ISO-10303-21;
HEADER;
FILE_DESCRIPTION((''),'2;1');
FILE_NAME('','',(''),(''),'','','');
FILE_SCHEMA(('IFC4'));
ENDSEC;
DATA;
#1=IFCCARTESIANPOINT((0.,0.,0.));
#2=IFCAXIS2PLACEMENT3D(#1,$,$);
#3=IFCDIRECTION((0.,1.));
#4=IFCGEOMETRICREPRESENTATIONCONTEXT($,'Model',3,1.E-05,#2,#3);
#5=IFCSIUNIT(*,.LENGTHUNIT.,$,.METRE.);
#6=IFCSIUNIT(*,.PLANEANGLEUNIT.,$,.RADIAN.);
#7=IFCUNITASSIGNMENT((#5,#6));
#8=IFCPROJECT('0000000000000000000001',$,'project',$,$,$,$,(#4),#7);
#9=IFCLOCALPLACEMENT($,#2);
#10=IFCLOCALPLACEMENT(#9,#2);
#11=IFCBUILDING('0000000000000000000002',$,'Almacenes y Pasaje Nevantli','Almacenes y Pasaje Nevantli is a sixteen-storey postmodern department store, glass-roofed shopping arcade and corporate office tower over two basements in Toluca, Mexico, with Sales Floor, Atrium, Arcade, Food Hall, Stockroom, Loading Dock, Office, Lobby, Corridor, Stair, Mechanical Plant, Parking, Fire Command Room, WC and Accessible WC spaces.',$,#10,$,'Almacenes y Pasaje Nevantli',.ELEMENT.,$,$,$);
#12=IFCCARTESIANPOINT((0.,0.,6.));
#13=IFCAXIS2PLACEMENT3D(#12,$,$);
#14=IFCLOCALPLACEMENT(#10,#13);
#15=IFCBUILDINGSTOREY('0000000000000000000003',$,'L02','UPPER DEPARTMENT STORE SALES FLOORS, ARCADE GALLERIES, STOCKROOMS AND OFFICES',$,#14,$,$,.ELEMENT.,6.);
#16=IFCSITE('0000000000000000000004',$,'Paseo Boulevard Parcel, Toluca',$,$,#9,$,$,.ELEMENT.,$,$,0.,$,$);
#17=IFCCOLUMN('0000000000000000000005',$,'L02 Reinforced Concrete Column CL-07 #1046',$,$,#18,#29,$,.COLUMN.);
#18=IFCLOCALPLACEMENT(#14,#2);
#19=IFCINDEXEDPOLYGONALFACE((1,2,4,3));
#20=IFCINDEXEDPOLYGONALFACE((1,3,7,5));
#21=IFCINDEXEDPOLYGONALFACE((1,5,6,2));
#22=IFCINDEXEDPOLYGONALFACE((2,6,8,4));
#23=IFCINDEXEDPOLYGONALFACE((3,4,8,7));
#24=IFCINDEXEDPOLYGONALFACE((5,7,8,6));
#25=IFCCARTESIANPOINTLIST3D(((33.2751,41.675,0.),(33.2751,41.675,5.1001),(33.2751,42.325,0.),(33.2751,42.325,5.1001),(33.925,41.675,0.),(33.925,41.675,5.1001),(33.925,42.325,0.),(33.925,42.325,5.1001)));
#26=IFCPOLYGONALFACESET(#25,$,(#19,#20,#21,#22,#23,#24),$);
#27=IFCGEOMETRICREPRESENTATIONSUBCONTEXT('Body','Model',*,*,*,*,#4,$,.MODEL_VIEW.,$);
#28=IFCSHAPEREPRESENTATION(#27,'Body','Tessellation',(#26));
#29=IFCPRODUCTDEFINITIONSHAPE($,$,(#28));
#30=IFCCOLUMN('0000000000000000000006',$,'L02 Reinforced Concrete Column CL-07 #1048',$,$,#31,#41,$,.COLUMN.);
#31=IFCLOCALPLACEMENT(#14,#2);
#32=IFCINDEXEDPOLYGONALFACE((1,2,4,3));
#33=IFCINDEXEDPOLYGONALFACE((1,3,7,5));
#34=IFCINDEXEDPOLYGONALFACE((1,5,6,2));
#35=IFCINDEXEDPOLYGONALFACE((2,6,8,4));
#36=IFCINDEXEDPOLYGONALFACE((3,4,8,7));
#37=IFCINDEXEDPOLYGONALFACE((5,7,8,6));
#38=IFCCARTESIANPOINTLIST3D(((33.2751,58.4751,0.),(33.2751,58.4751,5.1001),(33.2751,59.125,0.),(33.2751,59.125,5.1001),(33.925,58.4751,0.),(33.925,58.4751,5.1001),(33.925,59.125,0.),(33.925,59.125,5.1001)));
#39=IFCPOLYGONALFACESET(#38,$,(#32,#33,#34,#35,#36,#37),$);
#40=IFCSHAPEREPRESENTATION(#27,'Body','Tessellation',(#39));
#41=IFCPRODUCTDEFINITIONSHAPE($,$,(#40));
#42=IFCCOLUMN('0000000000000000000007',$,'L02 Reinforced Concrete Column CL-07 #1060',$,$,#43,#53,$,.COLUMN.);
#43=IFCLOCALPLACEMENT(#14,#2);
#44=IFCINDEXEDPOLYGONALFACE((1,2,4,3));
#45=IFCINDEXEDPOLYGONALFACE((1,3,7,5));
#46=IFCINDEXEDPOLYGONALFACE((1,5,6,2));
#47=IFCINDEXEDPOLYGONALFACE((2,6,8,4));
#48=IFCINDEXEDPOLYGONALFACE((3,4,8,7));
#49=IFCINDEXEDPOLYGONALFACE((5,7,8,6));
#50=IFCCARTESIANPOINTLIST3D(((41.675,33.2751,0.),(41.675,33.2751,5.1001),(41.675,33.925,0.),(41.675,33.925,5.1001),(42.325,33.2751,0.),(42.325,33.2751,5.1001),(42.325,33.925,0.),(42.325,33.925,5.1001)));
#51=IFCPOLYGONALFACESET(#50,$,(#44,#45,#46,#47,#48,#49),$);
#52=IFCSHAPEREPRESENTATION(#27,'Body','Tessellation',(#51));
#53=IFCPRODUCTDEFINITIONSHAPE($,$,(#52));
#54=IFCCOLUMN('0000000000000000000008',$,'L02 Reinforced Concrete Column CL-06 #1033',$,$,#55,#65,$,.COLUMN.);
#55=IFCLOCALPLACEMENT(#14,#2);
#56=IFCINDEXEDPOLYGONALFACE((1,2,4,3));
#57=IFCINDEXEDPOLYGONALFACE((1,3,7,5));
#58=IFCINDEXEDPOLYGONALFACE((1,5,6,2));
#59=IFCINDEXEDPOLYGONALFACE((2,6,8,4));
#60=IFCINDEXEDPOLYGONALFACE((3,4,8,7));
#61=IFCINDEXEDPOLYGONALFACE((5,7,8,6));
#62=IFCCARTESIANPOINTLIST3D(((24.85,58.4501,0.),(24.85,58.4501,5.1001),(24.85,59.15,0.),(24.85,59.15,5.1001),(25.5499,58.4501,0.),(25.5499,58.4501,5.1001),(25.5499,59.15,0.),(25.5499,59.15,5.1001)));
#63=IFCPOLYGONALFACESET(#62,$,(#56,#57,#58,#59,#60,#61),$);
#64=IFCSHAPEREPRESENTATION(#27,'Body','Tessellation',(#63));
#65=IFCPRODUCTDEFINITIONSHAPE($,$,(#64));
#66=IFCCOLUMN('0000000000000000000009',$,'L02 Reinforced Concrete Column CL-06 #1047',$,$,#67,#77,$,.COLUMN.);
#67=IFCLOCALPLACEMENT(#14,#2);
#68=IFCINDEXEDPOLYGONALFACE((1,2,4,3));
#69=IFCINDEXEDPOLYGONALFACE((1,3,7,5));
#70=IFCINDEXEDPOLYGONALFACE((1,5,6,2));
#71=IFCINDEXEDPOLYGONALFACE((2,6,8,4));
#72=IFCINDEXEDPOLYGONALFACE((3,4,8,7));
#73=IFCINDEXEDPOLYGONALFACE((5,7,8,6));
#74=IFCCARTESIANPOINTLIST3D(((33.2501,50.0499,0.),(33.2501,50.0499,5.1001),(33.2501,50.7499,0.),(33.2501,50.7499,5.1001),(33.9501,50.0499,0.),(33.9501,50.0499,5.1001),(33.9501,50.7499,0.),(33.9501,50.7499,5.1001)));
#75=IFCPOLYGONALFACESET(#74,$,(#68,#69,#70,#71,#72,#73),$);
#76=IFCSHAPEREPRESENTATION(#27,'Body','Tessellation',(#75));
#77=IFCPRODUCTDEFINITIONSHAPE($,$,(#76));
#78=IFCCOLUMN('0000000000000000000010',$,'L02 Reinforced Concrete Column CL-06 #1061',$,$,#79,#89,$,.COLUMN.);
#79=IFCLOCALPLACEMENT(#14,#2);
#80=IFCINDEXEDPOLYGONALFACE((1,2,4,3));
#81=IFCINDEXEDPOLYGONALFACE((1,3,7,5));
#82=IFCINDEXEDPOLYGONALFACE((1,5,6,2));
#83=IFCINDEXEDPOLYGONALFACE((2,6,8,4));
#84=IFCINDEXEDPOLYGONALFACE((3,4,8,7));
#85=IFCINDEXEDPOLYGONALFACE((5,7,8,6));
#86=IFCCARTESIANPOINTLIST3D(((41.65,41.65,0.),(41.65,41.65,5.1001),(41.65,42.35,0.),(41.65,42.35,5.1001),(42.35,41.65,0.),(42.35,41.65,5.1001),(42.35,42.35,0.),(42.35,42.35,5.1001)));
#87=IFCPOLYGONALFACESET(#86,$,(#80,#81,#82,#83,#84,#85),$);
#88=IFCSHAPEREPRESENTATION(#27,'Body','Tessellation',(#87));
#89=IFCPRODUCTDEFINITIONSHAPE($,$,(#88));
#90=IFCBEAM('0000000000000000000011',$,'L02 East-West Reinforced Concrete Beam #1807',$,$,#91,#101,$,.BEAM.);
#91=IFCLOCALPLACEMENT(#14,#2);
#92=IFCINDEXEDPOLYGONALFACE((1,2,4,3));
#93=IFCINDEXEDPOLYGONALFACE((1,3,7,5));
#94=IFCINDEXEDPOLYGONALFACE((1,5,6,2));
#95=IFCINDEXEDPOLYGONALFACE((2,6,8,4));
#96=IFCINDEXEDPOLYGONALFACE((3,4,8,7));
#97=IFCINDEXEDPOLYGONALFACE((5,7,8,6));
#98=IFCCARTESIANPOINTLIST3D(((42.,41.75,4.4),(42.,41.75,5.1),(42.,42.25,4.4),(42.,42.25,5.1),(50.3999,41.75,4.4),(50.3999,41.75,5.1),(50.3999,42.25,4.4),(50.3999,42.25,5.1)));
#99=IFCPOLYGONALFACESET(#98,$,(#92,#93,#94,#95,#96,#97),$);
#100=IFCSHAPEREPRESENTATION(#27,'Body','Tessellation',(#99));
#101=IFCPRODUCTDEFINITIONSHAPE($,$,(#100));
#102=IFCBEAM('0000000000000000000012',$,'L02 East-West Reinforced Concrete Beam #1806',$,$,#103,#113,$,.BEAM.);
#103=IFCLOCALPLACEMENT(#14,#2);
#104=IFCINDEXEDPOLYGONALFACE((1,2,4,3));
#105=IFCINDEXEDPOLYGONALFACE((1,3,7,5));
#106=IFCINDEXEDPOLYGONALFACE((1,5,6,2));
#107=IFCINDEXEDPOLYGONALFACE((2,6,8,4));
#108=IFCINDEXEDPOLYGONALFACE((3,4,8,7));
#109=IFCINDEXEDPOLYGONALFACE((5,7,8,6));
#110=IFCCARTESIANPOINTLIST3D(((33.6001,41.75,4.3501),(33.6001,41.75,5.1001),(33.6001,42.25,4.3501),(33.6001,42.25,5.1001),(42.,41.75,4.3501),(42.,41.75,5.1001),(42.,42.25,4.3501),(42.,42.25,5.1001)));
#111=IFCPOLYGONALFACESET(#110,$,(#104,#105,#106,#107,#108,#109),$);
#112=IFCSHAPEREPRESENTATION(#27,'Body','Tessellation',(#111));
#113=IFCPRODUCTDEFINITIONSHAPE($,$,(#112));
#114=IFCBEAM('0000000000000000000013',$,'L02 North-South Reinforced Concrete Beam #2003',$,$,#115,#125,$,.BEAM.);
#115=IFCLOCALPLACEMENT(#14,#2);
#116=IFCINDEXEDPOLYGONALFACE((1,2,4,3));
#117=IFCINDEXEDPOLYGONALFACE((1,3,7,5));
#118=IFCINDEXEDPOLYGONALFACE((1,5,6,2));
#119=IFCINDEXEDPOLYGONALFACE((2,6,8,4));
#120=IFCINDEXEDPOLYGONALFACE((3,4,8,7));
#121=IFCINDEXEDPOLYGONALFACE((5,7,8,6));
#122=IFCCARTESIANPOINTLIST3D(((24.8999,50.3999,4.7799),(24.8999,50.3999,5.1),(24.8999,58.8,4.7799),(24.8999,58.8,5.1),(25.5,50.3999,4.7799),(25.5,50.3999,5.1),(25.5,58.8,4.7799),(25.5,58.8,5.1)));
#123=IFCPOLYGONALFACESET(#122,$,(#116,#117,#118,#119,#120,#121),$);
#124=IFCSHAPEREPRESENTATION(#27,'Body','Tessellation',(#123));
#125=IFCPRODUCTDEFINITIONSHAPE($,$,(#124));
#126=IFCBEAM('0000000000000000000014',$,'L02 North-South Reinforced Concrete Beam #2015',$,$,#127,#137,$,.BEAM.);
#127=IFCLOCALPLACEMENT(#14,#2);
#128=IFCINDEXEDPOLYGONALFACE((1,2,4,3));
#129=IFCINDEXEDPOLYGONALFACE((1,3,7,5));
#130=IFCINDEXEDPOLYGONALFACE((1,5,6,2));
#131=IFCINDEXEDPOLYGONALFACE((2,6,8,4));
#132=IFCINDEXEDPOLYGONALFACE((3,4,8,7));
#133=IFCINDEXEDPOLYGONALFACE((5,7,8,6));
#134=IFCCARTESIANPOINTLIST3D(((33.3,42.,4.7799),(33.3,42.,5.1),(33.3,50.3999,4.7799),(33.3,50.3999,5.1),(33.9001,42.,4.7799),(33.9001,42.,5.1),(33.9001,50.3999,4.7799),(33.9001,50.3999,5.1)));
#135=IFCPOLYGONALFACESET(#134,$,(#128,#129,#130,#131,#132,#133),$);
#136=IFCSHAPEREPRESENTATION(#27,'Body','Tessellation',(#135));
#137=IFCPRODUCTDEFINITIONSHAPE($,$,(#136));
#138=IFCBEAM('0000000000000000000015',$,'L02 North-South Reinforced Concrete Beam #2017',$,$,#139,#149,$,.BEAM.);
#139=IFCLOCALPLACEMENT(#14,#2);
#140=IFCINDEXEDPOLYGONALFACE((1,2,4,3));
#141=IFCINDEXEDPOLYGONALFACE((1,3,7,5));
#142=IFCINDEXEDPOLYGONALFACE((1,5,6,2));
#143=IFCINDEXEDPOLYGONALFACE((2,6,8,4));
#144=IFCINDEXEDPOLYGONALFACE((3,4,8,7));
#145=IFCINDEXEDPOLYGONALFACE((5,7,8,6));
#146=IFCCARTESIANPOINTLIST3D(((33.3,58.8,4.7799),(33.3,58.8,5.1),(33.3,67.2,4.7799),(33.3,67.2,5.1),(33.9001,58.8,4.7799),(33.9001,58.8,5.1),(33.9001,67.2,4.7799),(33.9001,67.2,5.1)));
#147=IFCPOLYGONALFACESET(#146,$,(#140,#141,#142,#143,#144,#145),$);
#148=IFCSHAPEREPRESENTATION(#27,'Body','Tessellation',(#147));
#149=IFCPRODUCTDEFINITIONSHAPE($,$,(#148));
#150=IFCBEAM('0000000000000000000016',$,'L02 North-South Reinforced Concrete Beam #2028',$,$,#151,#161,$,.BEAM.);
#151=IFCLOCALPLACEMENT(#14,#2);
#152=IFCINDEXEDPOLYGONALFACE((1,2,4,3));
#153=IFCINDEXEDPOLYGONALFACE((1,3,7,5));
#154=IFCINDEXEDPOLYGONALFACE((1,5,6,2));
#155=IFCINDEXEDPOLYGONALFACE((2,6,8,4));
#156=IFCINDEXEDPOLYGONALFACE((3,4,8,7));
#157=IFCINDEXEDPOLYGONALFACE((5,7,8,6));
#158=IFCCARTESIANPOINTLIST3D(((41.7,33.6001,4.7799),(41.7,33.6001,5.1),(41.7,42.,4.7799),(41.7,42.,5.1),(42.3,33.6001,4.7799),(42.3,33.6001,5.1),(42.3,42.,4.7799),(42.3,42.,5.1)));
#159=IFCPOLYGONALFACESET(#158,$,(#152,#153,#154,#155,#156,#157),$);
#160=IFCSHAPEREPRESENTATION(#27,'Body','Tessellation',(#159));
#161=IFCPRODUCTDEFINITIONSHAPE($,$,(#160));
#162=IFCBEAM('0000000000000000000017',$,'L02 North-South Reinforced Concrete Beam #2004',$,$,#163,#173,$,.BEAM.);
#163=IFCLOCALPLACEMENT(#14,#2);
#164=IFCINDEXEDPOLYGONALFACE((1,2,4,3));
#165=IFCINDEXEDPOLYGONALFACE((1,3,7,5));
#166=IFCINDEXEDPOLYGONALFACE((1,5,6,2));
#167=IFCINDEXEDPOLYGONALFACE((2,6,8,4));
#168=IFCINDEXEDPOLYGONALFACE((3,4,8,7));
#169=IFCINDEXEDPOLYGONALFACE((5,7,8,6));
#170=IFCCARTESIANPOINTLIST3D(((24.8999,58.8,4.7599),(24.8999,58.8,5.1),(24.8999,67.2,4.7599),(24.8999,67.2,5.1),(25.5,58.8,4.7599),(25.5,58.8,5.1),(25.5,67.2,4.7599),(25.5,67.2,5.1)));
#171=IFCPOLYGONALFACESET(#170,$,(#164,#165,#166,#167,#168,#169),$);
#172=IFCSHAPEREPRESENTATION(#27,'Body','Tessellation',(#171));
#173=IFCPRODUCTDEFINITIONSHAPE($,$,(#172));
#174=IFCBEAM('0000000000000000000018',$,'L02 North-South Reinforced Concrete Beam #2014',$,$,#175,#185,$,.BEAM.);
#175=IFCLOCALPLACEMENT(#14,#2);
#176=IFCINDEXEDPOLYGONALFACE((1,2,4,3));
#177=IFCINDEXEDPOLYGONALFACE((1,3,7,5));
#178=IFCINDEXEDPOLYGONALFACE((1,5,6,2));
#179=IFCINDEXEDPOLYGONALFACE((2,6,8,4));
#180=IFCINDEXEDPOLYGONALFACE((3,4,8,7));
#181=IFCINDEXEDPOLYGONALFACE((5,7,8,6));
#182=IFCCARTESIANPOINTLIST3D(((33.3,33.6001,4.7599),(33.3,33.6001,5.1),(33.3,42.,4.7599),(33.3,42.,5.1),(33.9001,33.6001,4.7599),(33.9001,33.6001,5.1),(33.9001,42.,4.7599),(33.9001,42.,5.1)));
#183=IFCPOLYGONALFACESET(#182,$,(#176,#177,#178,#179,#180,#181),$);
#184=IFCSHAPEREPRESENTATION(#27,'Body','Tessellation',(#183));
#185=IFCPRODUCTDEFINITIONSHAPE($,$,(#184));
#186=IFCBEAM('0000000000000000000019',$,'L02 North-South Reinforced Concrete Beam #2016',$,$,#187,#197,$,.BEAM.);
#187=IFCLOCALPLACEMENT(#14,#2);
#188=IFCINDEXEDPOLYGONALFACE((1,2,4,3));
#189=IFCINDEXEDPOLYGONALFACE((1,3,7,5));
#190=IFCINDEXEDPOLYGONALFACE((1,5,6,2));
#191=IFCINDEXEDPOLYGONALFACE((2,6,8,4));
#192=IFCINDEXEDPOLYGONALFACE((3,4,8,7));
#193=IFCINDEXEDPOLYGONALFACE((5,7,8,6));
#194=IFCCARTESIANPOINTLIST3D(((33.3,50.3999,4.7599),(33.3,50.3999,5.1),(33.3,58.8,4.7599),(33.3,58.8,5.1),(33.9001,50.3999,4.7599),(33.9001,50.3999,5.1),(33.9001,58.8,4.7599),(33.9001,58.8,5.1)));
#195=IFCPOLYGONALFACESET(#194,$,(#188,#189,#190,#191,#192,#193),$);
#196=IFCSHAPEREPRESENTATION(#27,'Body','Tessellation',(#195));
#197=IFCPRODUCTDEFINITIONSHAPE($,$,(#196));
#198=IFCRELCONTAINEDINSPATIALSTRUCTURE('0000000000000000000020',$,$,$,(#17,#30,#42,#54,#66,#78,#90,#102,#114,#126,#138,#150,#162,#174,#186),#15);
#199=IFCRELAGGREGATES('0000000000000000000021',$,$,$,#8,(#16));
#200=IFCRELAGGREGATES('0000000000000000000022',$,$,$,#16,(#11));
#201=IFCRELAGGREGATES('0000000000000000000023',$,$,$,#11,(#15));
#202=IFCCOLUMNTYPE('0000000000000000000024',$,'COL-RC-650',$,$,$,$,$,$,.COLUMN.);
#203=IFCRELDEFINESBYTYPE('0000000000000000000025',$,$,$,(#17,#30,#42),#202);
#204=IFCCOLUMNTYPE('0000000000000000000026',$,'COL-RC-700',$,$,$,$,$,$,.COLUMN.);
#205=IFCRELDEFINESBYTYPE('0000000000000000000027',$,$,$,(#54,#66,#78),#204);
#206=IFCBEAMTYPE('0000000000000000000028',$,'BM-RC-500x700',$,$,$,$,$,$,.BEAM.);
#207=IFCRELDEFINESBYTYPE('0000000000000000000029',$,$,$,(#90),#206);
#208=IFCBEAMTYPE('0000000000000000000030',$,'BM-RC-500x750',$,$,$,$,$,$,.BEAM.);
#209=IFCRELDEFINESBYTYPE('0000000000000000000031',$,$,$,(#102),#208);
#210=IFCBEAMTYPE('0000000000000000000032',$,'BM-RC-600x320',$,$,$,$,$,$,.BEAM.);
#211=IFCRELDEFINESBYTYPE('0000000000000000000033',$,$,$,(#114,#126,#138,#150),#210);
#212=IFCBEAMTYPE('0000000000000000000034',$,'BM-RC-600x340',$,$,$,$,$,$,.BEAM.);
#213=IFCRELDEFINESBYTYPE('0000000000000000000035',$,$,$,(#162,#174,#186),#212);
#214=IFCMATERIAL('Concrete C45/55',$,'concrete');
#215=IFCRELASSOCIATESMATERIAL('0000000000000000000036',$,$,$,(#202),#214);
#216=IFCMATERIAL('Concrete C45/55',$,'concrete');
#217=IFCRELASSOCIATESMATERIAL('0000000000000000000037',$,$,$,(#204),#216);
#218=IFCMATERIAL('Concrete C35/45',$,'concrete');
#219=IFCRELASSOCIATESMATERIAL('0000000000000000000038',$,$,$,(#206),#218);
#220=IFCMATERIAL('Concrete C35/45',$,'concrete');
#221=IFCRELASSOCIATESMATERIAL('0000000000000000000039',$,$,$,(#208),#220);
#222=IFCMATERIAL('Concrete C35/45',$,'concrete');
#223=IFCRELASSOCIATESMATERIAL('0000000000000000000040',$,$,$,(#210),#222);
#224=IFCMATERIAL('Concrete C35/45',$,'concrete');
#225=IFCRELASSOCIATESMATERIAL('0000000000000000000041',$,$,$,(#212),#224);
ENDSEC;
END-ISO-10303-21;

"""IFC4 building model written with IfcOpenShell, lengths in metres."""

from ifc_helpers import new_model, si_unit, direction, frame, origin, origin_2d, place, context, subcontext, project, spatial, rectangle, extrude, material, material_profile, profile_set, type_object, element, save


model = new_model("IFC4")

# Units and contexts
model_context = context("Model", 3, precision=1e-05, world=origin(), true_north=direction((0.0, 1.0)))
body_context = subcontext(model_context, "Body", "Model", "MODEL_VIEW")
ifc_project = project(units=[si_unit("LENGTHUNIT", "METRE"), si_unit("PLANEANGLEUNIT", "RADIAN")], contexts=[model_context])

# Site, building, storey
site_placement = place(None, origin())
site = spatial("IfcSite", under=ifc_project, at=site_placement, Name="Paseo Boulevard Parcel, Toluca", CompositionType="ELEMENT", RefElevation=0.0)
building_placement = place(site_placement, origin())
building = spatial("IfcBuilding", under=site, at=building_placement, Name="Almacenes y Pasaje Nevantli", Description="Almacenes y Pasaje Nevantli is a sixteen-storey postmodern department store, glass-roofed shopping arcade and corporate office tower over two basements in Toluca, Mexico, with Sales Floor, Atrium, Arcade, Food Hall, Stockroom, Loading Dock, Office, Lobby, Corridor, Stair, Mechanical Plant, Parking, Fire Command Room, WC and Accessible WC spaces.", LongName="Almacenes y Pasaje Nevantli", CompositionType="ELEMENT")
storey_placement = place(building_placement, frame((0.0, 0.0, 6.0)))
storey = spatial("IfcBuildingStorey", under=building, at=storey_placement, Name="L02", Description="UPPER DEPARTMENT STORE SALES FLOORS, ARCADE GALLERIES, STOCKROOMS AND OFFICES", CompositionType="ELEMENT", Elevation=6.0)

# Columns
ifc_material_1 = material(Name="Concrete C45/55", Category="concrete")
ifc_material_profile_1 = material_profile(ifc_material_1, rectangle(XDim=0.6499, YDim=0.6499, at=origin_2d()), Name="RC-COL-650x650")
ifc_profile_set_1 = profile_set([ifc_material_profile_1], Name="Concrete C45/55")
column_type_1 = type_object("IfcColumnType", Name="COL-RC-650", PredefinedType="COLUMN", material=ifc_profile_set_1)
for number, where, z_axis, x_axis, name in (
    (1, (33.6001, 42.0, 0.0), (0.0, 0.0, 1.0), (1.0, 0.0, 0.0), "L02 Reinforced Concrete Column CL-07 #1046"),
    (2, (33.6001, 58.8, 0.0), (0.0, 0.0, 1.0), (1.0, 0.0, 0.0), "L02 Reinforced Concrete Column CL-07 #1048"),
    (3, (42.0, 33.6001, 0.0), (0.0, 0.0, 1.0), (1.0, 0.0, 0.0), "L02 Reinforced Concrete Column CL-07 #1060"),
):
    element("IfcColumn", number, at=place(storey_placement, frame(where, z_axis=z_axis, x_axis=x_axis)), inside=storey, type_object=column_type_1, Name=name, PredefinedType="COLUMN", context=body_context, shape_type="SweptSolid", body=[
        extrude(rectangle(XDim=0.6499, YDim=0.6499, at=origin_2d()), origin(), (0.0, 0.0, 1.0), 5.1001),
    ])
ifc_material_2 = material(Name="Concrete C45/55", Category="concrete")
ifc_material_profile_2 = material_profile(ifc_material_2, rectangle(XDim=0.7, YDim=0.7, at=origin_2d()), Name="RC-COL-700x700")
ifc_profile_set_2 = profile_set([ifc_material_profile_2], Name="Concrete C45/55")
column_type_2 = type_object("IfcColumnType", Name="COL-RC-700", PredefinedType="COLUMN", material=ifc_profile_set_2)
for number, where, z_axis, x_axis, name in (
    (4, (25.2, 58.8, 0.0), (0.0, 0.0, 1.0), (1.0, 0.0, 0.0), "L02 Reinforced Concrete Column CL-06 #1033"),
    (5, (33.6001, 50.3999, 0.0), (0.0, 0.0, 1.0), (1.0, 0.0, 0.0), "L02 Reinforced Concrete Column CL-06 #1047"),
    (6, (42.0, 42.0, 0.0), (0.0, 0.0, 1.0), (1.0, 0.0, 0.0), "L02 Reinforced Concrete Column CL-06 #1061"),
):
    element("IfcColumn", number, at=place(storey_placement, frame(where, z_axis=z_axis, x_axis=x_axis)), inside=storey, type_object=column_type_2, Name=name, PredefinedType="COLUMN", context=body_context, shape_type="SweptSolid", body=[
        extrude(rectangle(XDim=0.7, YDim=0.7, at=origin_2d()), origin(), (0.0, 0.0, 1.0), 5.1001),
    ])

# Beams
ifc_material_3 = material(Name="Concrete C35/45", Category="concrete")
ifc_material_profile_3 = material_profile(ifc_material_3, rectangle(XDim=0.5, YDim=0.7, at=origin_2d()), Name="RC-BM-500x700")
ifc_profile_set_3 = profile_set([ifc_material_profile_3], Name="Concrete C35/45")
beam_type_1 = type_object("IfcBeamType", Name="BM-RC-500x700", PredefinedType="BEAM", material=ifc_profile_set_3)
beam_1_placement = place(storey_placement, frame((42.0, 42.0, 4.75), z_axis=(1.0, 0.0, 0.0), x_axis=(0.0, 1.0, 0.0)))
element("IfcBeam", 7, at=beam_1_placement, inside=storey, type_object=beam_type_1, Name="L02 East-West Reinforced Concrete Beam #1807", PredefinedType="BEAM", context=body_context, shape_type="SweptSolid", body=[
    extrude(rectangle(XDim=0.5, YDim=0.7, at=origin_2d()), origin(), (0.0, 0.0, 1.0), 8.3999),
])
ifc_material_4 = material(Name="Concrete C35/45", Category="concrete")
ifc_material_profile_4 = material_profile(ifc_material_4, rectangle(XDim=0.5, YDim=0.75, at=origin_2d()), Name="RC-BM-500x750")
ifc_profile_set_4 = profile_set([ifc_material_profile_4], Name="Concrete C35/45")
beam_type_2 = type_object("IfcBeamType", Name="BM-RC-500x750", PredefinedType="BEAM", material=ifc_profile_set_4)
beam_2_placement = place(storey_placement, frame((33.6001, 42.0, 4.7251), z_axis=(1.0, 0.0, 0.0), x_axis=(0.0, 1.0, 0.0)))
element("IfcBeam", 8, at=beam_2_placement, inside=storey, type_object=beam_type_2, Name="L02 East-West Reinforced Concrete Beam #1806", PredefinedType="BEAM", context=body_context, shape_type="SweptSolid", body=[
    extrude(rectangle(XDim=0.5, YDim=0.75, at=origin_2d()), origin(), (0.0, 0.0, 1.0), 8.3999),
])
ifc_material_5 = material(Name="Concrete C35/45", Category="concrete")
ifc_material_profile_5 = material_profile(ifc_material_5, rectangle(XDim=0.6001, YDim=0.3201, at=origin_2d()), Name="RC-BM-600x320")
ifc_profile_set_5 = profile_set([ifc_material_profile_5], Name="Concrete C35/45")
beam_type_3 = type_object("IfcBeamType", Name="BM-RC-600x320", PredefinedType="BEAM", material=ifc_profile_set_5)
beam_3_placement = place(storey_placement, frame((25.2, 50.3999, 4.9399), z_axis=(0.0, 1.0, 0.0), x_axis=(-1.0, 0.0, 0.0)))
element("IfcBeam", 9, at=beam_3_placement, inside=storey, type_object=beam_type_3, Name="L02 North-South Reinforced Concrete Beam #2003", PredefinedType="BEAM", context=body_context, shape_type="SweptSolid", body=[
    extrude(rectangle(XDim=0.6001, YDim=0.3201, at=origin_2d()), origin(), (0.0, 0.0, 1.0), 8.4001),
])
for number, where, z_axis, x_axis, name in (
    (10, (33.6001, 42.0, 4.9399), (0.0, 1.0, 0.0), (-1.0, 0.0, 0.0), "L02 North-South Reinforced Concrete Beam #2015"),
    (11, (33.6001, 58.8, 4.9399), (0.0, 1.0, 0.0), (-1.0, 0.0, 0.0), "L02 North-South Reinforced Concrete Beam #2017"),
    (12, (42.0, 33.6001, 4.9399), (0.0, 1.0, 0.0), (-1.0, 0.0, 0.0), "L02 North-South Reinforced Concrete Beam #2028"),
):
    element("IfcBeam", number, at=place(storey_placement, frame(where, z_axis=z_axis, x_axis=x_axis)), inside=storey, type_object=beam_type_3, Name=name, PredefinedType="BEAM", context=body_context, shape_type="SweptSolid", body=[
        extrude(rectangle(XDim=0.6001, YDim=0.3201, at=origin_2d()), origin(), (0.0, 0.0, 1.0), 8.3999),
    ])
ifc_material_6 = material(Name="Concrete C35/45", Category="concrete")
ifc_material_profile_6 = material_profile(ifc_material_6, rectangle(XDim=0.6001, YDim=0.3401, at=origin_2d()), Name="RC-BM-600x340")
ifc_profile_set_6 = profile_set([ifc_material_profile_6], Name="Concrete C35/45")
beam_type_4 = type_object("IfcBeamType", Name="BM-RC-600x340", PredefinedType="BEAM", material=ifc_profile_set_6)
for number, where, z_axis, x_axis, name in (
    (13, (25.2, 58.8, 4.9299), (0.0, 1.0, 0.0), (-1.0, 0.0, 0.0), "L02 North-South Reinforced Concrete Beam #2004"),
    (14, (33.6001, 33.6001, 4.9299), (0.0, 1.0, 0.0), (-1.0, 0.0, 0.0), "L02 North-South Reinforced Concrete Beam #2014"),
):
    element("IfcBeam", number, at=place(storey_placement, frame(where, z_axis=z_axis, x_axis=x_axis)), inside=storey, type_object=beam_type_4, Name=name, PredefinedType="BEAM", context=body_context, shape_type="SweptSolid", body=[
        extrude(rectangle(XDim=0.6001, YDim=0.3401, at=origin_2d()), origin(), (0.0, 0.0, 1.0), 8.3999),
    ])
beam_4_placement = place(storey_placement, frame((33.6001, 50.3999, 4.9299), z_axis=(0.0, 1.0, 0.0), x_axis=(-1.0, 0.0, 0.0)))
element("IfcBeam", 15, at=beam_4_placement, inside=storey, type_object=beam_type_4, Name="L02 North-South Reinforced Concrete Beam #2016", PredefinedType="BEAM", context=body_context, shape_type="SweptSolid", body=[
    extrude(rectangle(XDim=0.6001, YDim=0.3401, at=origin_2d()), origin(), (0.0, 0.0, 1.0), 8.4001),
])

save(model, "model.ifc")
